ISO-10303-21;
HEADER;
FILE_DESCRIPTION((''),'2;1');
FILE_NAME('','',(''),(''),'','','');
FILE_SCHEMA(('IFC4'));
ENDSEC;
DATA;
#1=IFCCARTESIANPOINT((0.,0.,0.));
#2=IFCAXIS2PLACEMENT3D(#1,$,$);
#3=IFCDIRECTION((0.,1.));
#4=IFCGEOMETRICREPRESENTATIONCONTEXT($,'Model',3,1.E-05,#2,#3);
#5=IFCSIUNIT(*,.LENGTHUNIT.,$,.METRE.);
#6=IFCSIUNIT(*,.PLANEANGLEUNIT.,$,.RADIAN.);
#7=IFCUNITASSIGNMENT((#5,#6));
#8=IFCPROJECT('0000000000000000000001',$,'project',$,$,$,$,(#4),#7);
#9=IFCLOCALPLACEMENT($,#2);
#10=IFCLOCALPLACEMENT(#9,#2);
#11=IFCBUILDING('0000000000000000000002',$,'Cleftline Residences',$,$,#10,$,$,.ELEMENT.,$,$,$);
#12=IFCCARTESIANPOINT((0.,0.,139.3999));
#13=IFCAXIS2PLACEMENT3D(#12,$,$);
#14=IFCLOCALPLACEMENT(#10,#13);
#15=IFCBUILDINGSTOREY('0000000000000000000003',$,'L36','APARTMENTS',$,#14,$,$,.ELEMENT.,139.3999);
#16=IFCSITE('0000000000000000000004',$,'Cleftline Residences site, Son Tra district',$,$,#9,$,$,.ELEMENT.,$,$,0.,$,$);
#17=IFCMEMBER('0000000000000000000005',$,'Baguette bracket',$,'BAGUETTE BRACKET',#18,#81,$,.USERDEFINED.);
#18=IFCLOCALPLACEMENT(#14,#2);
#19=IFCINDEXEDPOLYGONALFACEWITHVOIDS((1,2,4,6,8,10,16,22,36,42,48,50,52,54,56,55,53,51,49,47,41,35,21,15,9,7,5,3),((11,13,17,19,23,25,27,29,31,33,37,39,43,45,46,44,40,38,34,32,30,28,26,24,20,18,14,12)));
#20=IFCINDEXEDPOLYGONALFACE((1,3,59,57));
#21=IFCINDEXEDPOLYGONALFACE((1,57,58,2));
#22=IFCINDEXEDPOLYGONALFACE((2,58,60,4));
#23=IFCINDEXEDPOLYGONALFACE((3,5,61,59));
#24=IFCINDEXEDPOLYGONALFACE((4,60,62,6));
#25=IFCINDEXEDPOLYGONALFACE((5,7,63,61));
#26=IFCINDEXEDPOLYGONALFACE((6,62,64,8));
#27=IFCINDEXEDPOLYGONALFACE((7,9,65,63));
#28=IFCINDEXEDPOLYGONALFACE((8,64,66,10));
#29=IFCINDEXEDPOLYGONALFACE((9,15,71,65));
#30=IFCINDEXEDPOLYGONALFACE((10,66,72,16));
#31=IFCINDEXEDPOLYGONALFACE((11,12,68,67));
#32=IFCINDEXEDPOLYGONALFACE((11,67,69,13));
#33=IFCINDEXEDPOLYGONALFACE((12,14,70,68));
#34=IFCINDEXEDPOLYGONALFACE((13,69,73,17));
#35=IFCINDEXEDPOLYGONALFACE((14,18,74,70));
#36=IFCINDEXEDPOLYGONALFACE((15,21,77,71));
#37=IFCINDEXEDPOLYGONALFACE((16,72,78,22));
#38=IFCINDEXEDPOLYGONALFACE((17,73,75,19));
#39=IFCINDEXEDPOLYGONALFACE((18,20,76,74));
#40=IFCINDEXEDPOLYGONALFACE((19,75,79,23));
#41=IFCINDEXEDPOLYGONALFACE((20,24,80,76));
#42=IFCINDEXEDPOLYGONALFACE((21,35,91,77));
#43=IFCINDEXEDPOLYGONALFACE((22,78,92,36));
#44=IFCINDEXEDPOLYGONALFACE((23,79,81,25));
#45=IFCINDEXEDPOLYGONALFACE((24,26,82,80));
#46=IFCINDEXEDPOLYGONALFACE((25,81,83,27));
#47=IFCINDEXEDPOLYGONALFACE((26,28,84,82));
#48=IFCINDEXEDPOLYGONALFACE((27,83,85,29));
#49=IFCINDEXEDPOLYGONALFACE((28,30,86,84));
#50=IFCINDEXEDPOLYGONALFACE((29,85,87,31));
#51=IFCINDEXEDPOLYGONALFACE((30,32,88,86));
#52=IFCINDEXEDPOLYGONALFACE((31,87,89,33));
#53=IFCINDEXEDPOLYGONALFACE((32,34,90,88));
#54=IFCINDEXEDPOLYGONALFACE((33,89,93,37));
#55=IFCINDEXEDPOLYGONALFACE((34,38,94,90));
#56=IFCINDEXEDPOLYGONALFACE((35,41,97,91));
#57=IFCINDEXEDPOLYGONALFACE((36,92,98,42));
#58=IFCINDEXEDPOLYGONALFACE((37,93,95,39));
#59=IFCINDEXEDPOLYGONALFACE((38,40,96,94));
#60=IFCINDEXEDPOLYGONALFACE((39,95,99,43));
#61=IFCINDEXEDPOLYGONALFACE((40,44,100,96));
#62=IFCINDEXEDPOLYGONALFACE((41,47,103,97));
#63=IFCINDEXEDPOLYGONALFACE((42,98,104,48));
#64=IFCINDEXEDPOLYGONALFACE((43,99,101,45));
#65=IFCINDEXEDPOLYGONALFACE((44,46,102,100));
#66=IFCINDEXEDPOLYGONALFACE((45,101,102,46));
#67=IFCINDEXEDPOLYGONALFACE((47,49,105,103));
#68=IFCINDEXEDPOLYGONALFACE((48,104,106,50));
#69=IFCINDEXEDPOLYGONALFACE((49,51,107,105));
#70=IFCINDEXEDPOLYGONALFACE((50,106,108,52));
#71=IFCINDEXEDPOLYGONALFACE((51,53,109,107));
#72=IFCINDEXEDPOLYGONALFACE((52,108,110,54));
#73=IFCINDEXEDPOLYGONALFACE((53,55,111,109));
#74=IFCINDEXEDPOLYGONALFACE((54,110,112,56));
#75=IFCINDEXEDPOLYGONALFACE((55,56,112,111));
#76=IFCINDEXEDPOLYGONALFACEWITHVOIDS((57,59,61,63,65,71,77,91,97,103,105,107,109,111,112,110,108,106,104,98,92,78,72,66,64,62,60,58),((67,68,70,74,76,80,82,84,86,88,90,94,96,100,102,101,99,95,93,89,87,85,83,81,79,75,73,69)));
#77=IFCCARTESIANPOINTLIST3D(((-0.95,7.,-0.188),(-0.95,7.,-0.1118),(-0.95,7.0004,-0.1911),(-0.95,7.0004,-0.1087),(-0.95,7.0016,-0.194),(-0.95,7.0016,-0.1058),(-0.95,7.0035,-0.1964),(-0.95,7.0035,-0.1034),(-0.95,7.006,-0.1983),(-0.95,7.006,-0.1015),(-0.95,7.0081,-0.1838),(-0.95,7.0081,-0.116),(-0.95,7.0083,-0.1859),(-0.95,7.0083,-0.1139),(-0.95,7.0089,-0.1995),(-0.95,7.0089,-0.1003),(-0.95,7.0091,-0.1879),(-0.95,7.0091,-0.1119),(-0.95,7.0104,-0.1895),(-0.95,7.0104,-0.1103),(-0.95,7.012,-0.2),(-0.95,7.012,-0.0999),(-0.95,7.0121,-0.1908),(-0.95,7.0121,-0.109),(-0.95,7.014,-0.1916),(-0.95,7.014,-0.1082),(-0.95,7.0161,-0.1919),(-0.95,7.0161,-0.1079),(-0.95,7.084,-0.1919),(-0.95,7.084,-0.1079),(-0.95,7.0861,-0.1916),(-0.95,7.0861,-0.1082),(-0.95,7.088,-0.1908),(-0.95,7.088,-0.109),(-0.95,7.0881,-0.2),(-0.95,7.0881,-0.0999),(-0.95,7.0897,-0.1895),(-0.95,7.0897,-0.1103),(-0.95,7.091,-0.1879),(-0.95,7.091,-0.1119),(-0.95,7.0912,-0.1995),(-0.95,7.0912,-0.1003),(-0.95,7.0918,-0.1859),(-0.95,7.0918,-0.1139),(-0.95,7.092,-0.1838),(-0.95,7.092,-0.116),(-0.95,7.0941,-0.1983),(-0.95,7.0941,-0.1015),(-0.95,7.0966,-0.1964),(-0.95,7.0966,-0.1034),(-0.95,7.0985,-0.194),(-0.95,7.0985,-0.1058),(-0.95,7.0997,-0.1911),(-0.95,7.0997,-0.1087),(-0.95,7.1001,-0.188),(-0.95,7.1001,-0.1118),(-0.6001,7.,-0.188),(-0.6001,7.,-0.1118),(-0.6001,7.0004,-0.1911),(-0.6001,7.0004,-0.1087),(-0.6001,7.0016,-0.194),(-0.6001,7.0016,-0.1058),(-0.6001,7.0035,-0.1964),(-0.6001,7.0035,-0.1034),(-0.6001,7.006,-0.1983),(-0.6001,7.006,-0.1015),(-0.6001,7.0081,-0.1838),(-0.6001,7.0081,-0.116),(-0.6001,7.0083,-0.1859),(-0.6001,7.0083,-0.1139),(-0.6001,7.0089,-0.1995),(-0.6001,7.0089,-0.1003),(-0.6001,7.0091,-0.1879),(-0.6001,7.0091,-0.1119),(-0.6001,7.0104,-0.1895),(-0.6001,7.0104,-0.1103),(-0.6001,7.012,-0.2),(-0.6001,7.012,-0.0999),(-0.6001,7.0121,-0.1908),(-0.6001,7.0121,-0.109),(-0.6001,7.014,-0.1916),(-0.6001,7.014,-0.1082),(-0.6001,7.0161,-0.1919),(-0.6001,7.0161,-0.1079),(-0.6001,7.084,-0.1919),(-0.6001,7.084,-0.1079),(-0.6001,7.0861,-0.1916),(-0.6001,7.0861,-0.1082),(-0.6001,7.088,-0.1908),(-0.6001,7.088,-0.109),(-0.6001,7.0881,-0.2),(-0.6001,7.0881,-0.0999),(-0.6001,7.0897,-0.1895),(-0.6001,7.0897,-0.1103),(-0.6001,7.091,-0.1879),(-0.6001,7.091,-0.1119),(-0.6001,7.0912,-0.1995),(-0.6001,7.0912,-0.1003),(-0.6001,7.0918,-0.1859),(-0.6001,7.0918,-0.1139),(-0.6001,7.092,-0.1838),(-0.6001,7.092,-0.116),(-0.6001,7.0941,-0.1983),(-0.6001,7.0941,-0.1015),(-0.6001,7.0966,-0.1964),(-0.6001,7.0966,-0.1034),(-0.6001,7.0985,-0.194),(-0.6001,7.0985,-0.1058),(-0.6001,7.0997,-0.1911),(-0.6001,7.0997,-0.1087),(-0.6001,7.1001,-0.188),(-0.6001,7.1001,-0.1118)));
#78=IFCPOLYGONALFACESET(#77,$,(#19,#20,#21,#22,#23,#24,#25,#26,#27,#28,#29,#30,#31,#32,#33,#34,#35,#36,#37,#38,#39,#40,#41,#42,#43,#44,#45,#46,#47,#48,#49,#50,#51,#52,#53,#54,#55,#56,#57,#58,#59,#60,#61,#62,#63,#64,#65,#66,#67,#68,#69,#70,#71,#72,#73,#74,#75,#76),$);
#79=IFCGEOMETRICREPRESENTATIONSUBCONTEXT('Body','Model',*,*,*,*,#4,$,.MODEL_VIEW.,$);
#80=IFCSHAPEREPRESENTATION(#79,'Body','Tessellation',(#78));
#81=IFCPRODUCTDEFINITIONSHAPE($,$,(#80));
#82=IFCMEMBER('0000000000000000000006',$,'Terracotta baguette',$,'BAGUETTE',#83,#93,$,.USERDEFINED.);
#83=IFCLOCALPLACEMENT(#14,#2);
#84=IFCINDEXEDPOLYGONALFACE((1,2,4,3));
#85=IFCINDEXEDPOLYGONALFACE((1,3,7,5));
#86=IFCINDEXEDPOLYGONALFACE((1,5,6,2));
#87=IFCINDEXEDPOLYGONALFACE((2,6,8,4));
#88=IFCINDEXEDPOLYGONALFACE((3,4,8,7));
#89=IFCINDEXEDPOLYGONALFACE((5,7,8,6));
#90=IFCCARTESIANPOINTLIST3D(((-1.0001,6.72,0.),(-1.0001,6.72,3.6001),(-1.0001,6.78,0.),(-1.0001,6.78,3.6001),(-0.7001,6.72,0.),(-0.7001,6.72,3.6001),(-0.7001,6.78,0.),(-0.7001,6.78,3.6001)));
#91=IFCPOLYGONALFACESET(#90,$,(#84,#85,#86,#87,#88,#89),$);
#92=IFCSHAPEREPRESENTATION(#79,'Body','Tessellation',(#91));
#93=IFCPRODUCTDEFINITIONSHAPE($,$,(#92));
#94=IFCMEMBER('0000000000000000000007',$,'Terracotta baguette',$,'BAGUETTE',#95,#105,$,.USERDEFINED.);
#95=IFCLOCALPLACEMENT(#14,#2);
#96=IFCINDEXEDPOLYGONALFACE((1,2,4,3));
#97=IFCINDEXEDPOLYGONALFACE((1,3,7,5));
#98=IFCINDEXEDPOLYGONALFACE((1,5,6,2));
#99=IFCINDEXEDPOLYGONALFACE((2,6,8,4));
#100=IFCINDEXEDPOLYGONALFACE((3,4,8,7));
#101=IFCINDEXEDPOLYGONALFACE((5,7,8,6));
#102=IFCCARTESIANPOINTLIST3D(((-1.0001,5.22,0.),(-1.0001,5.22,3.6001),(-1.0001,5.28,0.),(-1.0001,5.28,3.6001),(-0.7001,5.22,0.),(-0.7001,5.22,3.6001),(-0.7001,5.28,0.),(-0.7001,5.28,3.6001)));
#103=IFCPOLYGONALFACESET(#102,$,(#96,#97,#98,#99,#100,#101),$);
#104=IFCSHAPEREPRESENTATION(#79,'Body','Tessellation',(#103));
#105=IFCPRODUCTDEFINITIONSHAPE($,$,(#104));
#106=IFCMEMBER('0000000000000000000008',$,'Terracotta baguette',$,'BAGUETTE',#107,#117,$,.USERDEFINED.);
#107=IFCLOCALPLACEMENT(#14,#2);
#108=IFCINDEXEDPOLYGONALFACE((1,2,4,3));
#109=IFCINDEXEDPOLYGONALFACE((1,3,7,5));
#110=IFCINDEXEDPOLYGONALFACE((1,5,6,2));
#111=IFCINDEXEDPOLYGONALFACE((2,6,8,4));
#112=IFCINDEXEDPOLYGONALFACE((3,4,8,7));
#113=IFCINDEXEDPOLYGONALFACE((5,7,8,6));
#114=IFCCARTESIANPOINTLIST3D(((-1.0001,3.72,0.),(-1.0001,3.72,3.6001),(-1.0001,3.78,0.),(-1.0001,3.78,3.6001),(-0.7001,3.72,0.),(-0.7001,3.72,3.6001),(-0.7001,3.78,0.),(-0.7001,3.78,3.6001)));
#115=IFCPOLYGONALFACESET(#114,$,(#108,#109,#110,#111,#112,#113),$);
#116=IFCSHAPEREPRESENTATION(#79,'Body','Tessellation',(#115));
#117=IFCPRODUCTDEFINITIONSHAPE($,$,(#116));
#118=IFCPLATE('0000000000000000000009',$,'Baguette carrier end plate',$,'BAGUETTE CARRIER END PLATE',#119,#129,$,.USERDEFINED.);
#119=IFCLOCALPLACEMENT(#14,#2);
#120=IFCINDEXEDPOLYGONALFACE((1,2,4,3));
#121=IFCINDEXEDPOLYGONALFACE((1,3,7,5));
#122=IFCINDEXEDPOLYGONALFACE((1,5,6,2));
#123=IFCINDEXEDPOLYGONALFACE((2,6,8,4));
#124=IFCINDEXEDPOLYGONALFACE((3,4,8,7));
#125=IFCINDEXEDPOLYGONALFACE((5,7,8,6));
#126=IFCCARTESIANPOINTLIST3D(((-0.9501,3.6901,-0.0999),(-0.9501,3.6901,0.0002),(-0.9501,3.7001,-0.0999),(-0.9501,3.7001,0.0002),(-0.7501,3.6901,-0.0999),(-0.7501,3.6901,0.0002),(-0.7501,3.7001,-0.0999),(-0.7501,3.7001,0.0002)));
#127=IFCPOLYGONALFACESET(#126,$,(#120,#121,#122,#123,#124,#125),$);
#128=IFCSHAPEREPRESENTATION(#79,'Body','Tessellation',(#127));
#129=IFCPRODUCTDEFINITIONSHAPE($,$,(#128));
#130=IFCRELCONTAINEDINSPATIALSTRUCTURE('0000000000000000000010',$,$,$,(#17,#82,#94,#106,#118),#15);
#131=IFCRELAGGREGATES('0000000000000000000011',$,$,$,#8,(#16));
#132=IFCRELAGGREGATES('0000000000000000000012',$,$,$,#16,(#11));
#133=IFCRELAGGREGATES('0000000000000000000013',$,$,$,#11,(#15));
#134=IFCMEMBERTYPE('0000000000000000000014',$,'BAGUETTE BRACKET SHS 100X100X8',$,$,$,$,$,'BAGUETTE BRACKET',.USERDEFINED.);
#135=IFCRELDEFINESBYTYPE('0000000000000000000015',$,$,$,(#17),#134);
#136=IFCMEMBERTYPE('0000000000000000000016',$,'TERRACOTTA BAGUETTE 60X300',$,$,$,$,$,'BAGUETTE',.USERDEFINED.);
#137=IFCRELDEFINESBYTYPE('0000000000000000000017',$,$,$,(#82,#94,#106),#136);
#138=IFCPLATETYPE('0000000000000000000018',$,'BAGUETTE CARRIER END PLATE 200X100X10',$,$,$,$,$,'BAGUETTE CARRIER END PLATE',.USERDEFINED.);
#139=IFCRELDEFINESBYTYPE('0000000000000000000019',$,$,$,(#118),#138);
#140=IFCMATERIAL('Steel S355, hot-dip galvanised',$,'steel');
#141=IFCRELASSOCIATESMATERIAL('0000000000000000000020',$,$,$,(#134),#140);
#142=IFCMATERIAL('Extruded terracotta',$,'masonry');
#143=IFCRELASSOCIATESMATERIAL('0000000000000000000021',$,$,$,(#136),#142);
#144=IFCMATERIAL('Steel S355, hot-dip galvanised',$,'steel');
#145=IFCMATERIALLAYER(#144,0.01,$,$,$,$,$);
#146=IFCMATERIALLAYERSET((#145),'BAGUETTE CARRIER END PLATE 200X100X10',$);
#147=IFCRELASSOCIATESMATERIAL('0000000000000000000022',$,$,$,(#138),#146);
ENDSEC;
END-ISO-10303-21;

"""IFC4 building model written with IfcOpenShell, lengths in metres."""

from ifc_helpers import new_model, si_unit, direction, frame, origin, origin_2d, place, context, subcontext, project, spatial, rectangle, hollow_rectangle, extrude, material, layer, layer_set, material_profile, profile_set, type_object, element, save


model = new_model("IFC4")

# Units and contexts
model_context = context("Model", 3, precision=1e-05, world=origin(), true_north=direction((0.0, 1.0)))
body_context = subcontext(model_context, "Body", "Model", "MODEL_VIEW")
ifc_project = project(units=[si_unit("LENGTHUNIT", "METRE"), si_unit("PLANEANGLEUNIT", "RADIAN")], contexts=[model_context])

# Site, building, storey
site_placement = place(None, origin())
site = spatial("IfcSite", under=ifc_project, at=site_placement, Name="Cleftline Residences site, Son Tra district", CompositionType="ELEMENT", RefElevation=0.0)
building_placement = place(site_placement, origin())
building = spatial("IfcBuilding", under=site, at=building_placement, Name="Cleftline Residences", CompositionType="ELEMENT")
storey_placement = place(building_placement, frame((0.0, 0.0, 139.3999)))
storey = spatial("IfcBuildingStorey", under=building, at=storey_placement, Name="L36", Description="APARTMENTS", CompositionType="ELEMENT", Elevation=139.3999)

# Members
ifc_material_1 = material(Name="Steel S355, hot-dip galvanised", Category="steel")
ifc_material_profile_1 = material_profile(ifc_material_1, hollow_rectangle(XDim=0.1001, YDim=0.1001, WallThickness=0.0081, InnerFilletRadius=0.0081, OuterFilletRadius=0.012, at=origin_2d()))
ifc_profile_set_1 = profile_set([ifc_material_profile_1], Name="Steel S355, hot-dip galvanised")
member_type_1 = type_object("IfcMemberType", Name="BAGUETTE BRACKET SHS 100X100X8", ElementType="BAGUETTE BRACKET", PredefinedType="USERDEFINED", material=ifc_profile_set_1)
member_placement = place(storey_placement, frame((-0.6001, 7.05, -0.1499), z_axis=(-1.0, 0.0, 0.0), x_axis=(0.0, -1.0, 0.0)))
element("IfcMember", 1, at=member_placement, inside=storey, type_object=member_type_1, Name="Baguette bracket", ObjectType="BAGUETTE BRACKET", PredefinedType="USERDEFINED", context=body_context, shape_type="SweptSolid", body=[
    extrude(hollow_rectangle(XDim=0.1001, YDim=0.1001, WallThickness=0.0081, InnerFilletRadius=0.0081, OuterFilletRadius=0.012, at=origin_2d()), origin(), (0.0, 0.0, 1.0), 0.3499),
])
ifc_material_2 = material(Name="Extruded terracotta", Category="masonry")
ifc_material_profile_2 = material_profile(ifc_material_2, rectangle(XDim=0.0601, YDim=0.3, at=origin_2d()))
ifc_profile_set_2 = profile_set([ifc_material_profile_2], Name="Extruded terracotta")
member_type_2 = type_object("IfcMemberType", Name="TERRACOTTA BAGUETTE 60X300", ElementType="BAGUETTE", PredefinedType="USERDEFINED", material=ifc_profile_set_2)
for number, where, z_axis, x_axis, name in (
    (2, (-0.8501, 6.75, 0.0), (0.0, 0.0, 1.0), (0.0, 1.0, 0.0), "Terracotta baguette"),
    (3, (-0.8501, 5.25, 0.0), (0.0, 0.0, 1.0), (0.0, 1.0, 0.0), "Terracotta baguette"),
    (4, (-0.8501, 3.75, 0.0), (0.0, 0.0, 1.0), (0.0, 1.0, 0.0), "Terracotta baguette"),
):
    element("IfcMember", number, at=place(storey_placement, frame(where, z_axis=z_axis, x_axis=x_axis)), inside=storey, type_object=member_type_2, Name=name, ObjectType="BAGUETTE", PredefinedType="USERDEFINED", context=body_context, shape_type="SweptSolid", body=[
        extrude(rectangle(XDim=0.0601, YDim=0.3, at=origin_2d()), origin(), (0.0, 0.0, 1.0), 3.6001),
    ])

# Plate
ifc_material_3 = material(Name="Steel S355, hot-dip galvanised", Category="steel")
ifc_layer_1 = layer(ifc_material_3, 0.01)
ifc_layer_set_1 = layer_set([ifc_layer_1], Name="BAGUETTE CARRIER END PLATE 200X100X10")
plate_type = type_object("IfcPlateType", Name="BAGUETTE CARRIER END PLATE 200X100X10", ElementType="BAGUETTE CARRIER END PLATE", PredefinedType="USERDEFINED", material=ifc_layer_set_1)
plate_placement = place(storey_placement, frame((-0.8501, 3.6951, -0.0999), z_axis=(0.0, 0.0, 1.0), x_axis=(-1.0, 0.0, 0.0)))
element("IfcPlate", 5, at=plate_placement, inside=storey, type_object=plate_type, Name="Baguette carrier end plate", ObjectType="BAGUETTE CARRIER END PLATE", PredefinedType="USERDEFINED", context=body_context, shape_type="SweptSolid", body=[
    extrude(rectangle(XDim=0.2, YDim=0.01, at=origin_2d()), origin(), (0.0, 0.0, 1.0), 0.1001),
])

save(model, "model.ifc")
